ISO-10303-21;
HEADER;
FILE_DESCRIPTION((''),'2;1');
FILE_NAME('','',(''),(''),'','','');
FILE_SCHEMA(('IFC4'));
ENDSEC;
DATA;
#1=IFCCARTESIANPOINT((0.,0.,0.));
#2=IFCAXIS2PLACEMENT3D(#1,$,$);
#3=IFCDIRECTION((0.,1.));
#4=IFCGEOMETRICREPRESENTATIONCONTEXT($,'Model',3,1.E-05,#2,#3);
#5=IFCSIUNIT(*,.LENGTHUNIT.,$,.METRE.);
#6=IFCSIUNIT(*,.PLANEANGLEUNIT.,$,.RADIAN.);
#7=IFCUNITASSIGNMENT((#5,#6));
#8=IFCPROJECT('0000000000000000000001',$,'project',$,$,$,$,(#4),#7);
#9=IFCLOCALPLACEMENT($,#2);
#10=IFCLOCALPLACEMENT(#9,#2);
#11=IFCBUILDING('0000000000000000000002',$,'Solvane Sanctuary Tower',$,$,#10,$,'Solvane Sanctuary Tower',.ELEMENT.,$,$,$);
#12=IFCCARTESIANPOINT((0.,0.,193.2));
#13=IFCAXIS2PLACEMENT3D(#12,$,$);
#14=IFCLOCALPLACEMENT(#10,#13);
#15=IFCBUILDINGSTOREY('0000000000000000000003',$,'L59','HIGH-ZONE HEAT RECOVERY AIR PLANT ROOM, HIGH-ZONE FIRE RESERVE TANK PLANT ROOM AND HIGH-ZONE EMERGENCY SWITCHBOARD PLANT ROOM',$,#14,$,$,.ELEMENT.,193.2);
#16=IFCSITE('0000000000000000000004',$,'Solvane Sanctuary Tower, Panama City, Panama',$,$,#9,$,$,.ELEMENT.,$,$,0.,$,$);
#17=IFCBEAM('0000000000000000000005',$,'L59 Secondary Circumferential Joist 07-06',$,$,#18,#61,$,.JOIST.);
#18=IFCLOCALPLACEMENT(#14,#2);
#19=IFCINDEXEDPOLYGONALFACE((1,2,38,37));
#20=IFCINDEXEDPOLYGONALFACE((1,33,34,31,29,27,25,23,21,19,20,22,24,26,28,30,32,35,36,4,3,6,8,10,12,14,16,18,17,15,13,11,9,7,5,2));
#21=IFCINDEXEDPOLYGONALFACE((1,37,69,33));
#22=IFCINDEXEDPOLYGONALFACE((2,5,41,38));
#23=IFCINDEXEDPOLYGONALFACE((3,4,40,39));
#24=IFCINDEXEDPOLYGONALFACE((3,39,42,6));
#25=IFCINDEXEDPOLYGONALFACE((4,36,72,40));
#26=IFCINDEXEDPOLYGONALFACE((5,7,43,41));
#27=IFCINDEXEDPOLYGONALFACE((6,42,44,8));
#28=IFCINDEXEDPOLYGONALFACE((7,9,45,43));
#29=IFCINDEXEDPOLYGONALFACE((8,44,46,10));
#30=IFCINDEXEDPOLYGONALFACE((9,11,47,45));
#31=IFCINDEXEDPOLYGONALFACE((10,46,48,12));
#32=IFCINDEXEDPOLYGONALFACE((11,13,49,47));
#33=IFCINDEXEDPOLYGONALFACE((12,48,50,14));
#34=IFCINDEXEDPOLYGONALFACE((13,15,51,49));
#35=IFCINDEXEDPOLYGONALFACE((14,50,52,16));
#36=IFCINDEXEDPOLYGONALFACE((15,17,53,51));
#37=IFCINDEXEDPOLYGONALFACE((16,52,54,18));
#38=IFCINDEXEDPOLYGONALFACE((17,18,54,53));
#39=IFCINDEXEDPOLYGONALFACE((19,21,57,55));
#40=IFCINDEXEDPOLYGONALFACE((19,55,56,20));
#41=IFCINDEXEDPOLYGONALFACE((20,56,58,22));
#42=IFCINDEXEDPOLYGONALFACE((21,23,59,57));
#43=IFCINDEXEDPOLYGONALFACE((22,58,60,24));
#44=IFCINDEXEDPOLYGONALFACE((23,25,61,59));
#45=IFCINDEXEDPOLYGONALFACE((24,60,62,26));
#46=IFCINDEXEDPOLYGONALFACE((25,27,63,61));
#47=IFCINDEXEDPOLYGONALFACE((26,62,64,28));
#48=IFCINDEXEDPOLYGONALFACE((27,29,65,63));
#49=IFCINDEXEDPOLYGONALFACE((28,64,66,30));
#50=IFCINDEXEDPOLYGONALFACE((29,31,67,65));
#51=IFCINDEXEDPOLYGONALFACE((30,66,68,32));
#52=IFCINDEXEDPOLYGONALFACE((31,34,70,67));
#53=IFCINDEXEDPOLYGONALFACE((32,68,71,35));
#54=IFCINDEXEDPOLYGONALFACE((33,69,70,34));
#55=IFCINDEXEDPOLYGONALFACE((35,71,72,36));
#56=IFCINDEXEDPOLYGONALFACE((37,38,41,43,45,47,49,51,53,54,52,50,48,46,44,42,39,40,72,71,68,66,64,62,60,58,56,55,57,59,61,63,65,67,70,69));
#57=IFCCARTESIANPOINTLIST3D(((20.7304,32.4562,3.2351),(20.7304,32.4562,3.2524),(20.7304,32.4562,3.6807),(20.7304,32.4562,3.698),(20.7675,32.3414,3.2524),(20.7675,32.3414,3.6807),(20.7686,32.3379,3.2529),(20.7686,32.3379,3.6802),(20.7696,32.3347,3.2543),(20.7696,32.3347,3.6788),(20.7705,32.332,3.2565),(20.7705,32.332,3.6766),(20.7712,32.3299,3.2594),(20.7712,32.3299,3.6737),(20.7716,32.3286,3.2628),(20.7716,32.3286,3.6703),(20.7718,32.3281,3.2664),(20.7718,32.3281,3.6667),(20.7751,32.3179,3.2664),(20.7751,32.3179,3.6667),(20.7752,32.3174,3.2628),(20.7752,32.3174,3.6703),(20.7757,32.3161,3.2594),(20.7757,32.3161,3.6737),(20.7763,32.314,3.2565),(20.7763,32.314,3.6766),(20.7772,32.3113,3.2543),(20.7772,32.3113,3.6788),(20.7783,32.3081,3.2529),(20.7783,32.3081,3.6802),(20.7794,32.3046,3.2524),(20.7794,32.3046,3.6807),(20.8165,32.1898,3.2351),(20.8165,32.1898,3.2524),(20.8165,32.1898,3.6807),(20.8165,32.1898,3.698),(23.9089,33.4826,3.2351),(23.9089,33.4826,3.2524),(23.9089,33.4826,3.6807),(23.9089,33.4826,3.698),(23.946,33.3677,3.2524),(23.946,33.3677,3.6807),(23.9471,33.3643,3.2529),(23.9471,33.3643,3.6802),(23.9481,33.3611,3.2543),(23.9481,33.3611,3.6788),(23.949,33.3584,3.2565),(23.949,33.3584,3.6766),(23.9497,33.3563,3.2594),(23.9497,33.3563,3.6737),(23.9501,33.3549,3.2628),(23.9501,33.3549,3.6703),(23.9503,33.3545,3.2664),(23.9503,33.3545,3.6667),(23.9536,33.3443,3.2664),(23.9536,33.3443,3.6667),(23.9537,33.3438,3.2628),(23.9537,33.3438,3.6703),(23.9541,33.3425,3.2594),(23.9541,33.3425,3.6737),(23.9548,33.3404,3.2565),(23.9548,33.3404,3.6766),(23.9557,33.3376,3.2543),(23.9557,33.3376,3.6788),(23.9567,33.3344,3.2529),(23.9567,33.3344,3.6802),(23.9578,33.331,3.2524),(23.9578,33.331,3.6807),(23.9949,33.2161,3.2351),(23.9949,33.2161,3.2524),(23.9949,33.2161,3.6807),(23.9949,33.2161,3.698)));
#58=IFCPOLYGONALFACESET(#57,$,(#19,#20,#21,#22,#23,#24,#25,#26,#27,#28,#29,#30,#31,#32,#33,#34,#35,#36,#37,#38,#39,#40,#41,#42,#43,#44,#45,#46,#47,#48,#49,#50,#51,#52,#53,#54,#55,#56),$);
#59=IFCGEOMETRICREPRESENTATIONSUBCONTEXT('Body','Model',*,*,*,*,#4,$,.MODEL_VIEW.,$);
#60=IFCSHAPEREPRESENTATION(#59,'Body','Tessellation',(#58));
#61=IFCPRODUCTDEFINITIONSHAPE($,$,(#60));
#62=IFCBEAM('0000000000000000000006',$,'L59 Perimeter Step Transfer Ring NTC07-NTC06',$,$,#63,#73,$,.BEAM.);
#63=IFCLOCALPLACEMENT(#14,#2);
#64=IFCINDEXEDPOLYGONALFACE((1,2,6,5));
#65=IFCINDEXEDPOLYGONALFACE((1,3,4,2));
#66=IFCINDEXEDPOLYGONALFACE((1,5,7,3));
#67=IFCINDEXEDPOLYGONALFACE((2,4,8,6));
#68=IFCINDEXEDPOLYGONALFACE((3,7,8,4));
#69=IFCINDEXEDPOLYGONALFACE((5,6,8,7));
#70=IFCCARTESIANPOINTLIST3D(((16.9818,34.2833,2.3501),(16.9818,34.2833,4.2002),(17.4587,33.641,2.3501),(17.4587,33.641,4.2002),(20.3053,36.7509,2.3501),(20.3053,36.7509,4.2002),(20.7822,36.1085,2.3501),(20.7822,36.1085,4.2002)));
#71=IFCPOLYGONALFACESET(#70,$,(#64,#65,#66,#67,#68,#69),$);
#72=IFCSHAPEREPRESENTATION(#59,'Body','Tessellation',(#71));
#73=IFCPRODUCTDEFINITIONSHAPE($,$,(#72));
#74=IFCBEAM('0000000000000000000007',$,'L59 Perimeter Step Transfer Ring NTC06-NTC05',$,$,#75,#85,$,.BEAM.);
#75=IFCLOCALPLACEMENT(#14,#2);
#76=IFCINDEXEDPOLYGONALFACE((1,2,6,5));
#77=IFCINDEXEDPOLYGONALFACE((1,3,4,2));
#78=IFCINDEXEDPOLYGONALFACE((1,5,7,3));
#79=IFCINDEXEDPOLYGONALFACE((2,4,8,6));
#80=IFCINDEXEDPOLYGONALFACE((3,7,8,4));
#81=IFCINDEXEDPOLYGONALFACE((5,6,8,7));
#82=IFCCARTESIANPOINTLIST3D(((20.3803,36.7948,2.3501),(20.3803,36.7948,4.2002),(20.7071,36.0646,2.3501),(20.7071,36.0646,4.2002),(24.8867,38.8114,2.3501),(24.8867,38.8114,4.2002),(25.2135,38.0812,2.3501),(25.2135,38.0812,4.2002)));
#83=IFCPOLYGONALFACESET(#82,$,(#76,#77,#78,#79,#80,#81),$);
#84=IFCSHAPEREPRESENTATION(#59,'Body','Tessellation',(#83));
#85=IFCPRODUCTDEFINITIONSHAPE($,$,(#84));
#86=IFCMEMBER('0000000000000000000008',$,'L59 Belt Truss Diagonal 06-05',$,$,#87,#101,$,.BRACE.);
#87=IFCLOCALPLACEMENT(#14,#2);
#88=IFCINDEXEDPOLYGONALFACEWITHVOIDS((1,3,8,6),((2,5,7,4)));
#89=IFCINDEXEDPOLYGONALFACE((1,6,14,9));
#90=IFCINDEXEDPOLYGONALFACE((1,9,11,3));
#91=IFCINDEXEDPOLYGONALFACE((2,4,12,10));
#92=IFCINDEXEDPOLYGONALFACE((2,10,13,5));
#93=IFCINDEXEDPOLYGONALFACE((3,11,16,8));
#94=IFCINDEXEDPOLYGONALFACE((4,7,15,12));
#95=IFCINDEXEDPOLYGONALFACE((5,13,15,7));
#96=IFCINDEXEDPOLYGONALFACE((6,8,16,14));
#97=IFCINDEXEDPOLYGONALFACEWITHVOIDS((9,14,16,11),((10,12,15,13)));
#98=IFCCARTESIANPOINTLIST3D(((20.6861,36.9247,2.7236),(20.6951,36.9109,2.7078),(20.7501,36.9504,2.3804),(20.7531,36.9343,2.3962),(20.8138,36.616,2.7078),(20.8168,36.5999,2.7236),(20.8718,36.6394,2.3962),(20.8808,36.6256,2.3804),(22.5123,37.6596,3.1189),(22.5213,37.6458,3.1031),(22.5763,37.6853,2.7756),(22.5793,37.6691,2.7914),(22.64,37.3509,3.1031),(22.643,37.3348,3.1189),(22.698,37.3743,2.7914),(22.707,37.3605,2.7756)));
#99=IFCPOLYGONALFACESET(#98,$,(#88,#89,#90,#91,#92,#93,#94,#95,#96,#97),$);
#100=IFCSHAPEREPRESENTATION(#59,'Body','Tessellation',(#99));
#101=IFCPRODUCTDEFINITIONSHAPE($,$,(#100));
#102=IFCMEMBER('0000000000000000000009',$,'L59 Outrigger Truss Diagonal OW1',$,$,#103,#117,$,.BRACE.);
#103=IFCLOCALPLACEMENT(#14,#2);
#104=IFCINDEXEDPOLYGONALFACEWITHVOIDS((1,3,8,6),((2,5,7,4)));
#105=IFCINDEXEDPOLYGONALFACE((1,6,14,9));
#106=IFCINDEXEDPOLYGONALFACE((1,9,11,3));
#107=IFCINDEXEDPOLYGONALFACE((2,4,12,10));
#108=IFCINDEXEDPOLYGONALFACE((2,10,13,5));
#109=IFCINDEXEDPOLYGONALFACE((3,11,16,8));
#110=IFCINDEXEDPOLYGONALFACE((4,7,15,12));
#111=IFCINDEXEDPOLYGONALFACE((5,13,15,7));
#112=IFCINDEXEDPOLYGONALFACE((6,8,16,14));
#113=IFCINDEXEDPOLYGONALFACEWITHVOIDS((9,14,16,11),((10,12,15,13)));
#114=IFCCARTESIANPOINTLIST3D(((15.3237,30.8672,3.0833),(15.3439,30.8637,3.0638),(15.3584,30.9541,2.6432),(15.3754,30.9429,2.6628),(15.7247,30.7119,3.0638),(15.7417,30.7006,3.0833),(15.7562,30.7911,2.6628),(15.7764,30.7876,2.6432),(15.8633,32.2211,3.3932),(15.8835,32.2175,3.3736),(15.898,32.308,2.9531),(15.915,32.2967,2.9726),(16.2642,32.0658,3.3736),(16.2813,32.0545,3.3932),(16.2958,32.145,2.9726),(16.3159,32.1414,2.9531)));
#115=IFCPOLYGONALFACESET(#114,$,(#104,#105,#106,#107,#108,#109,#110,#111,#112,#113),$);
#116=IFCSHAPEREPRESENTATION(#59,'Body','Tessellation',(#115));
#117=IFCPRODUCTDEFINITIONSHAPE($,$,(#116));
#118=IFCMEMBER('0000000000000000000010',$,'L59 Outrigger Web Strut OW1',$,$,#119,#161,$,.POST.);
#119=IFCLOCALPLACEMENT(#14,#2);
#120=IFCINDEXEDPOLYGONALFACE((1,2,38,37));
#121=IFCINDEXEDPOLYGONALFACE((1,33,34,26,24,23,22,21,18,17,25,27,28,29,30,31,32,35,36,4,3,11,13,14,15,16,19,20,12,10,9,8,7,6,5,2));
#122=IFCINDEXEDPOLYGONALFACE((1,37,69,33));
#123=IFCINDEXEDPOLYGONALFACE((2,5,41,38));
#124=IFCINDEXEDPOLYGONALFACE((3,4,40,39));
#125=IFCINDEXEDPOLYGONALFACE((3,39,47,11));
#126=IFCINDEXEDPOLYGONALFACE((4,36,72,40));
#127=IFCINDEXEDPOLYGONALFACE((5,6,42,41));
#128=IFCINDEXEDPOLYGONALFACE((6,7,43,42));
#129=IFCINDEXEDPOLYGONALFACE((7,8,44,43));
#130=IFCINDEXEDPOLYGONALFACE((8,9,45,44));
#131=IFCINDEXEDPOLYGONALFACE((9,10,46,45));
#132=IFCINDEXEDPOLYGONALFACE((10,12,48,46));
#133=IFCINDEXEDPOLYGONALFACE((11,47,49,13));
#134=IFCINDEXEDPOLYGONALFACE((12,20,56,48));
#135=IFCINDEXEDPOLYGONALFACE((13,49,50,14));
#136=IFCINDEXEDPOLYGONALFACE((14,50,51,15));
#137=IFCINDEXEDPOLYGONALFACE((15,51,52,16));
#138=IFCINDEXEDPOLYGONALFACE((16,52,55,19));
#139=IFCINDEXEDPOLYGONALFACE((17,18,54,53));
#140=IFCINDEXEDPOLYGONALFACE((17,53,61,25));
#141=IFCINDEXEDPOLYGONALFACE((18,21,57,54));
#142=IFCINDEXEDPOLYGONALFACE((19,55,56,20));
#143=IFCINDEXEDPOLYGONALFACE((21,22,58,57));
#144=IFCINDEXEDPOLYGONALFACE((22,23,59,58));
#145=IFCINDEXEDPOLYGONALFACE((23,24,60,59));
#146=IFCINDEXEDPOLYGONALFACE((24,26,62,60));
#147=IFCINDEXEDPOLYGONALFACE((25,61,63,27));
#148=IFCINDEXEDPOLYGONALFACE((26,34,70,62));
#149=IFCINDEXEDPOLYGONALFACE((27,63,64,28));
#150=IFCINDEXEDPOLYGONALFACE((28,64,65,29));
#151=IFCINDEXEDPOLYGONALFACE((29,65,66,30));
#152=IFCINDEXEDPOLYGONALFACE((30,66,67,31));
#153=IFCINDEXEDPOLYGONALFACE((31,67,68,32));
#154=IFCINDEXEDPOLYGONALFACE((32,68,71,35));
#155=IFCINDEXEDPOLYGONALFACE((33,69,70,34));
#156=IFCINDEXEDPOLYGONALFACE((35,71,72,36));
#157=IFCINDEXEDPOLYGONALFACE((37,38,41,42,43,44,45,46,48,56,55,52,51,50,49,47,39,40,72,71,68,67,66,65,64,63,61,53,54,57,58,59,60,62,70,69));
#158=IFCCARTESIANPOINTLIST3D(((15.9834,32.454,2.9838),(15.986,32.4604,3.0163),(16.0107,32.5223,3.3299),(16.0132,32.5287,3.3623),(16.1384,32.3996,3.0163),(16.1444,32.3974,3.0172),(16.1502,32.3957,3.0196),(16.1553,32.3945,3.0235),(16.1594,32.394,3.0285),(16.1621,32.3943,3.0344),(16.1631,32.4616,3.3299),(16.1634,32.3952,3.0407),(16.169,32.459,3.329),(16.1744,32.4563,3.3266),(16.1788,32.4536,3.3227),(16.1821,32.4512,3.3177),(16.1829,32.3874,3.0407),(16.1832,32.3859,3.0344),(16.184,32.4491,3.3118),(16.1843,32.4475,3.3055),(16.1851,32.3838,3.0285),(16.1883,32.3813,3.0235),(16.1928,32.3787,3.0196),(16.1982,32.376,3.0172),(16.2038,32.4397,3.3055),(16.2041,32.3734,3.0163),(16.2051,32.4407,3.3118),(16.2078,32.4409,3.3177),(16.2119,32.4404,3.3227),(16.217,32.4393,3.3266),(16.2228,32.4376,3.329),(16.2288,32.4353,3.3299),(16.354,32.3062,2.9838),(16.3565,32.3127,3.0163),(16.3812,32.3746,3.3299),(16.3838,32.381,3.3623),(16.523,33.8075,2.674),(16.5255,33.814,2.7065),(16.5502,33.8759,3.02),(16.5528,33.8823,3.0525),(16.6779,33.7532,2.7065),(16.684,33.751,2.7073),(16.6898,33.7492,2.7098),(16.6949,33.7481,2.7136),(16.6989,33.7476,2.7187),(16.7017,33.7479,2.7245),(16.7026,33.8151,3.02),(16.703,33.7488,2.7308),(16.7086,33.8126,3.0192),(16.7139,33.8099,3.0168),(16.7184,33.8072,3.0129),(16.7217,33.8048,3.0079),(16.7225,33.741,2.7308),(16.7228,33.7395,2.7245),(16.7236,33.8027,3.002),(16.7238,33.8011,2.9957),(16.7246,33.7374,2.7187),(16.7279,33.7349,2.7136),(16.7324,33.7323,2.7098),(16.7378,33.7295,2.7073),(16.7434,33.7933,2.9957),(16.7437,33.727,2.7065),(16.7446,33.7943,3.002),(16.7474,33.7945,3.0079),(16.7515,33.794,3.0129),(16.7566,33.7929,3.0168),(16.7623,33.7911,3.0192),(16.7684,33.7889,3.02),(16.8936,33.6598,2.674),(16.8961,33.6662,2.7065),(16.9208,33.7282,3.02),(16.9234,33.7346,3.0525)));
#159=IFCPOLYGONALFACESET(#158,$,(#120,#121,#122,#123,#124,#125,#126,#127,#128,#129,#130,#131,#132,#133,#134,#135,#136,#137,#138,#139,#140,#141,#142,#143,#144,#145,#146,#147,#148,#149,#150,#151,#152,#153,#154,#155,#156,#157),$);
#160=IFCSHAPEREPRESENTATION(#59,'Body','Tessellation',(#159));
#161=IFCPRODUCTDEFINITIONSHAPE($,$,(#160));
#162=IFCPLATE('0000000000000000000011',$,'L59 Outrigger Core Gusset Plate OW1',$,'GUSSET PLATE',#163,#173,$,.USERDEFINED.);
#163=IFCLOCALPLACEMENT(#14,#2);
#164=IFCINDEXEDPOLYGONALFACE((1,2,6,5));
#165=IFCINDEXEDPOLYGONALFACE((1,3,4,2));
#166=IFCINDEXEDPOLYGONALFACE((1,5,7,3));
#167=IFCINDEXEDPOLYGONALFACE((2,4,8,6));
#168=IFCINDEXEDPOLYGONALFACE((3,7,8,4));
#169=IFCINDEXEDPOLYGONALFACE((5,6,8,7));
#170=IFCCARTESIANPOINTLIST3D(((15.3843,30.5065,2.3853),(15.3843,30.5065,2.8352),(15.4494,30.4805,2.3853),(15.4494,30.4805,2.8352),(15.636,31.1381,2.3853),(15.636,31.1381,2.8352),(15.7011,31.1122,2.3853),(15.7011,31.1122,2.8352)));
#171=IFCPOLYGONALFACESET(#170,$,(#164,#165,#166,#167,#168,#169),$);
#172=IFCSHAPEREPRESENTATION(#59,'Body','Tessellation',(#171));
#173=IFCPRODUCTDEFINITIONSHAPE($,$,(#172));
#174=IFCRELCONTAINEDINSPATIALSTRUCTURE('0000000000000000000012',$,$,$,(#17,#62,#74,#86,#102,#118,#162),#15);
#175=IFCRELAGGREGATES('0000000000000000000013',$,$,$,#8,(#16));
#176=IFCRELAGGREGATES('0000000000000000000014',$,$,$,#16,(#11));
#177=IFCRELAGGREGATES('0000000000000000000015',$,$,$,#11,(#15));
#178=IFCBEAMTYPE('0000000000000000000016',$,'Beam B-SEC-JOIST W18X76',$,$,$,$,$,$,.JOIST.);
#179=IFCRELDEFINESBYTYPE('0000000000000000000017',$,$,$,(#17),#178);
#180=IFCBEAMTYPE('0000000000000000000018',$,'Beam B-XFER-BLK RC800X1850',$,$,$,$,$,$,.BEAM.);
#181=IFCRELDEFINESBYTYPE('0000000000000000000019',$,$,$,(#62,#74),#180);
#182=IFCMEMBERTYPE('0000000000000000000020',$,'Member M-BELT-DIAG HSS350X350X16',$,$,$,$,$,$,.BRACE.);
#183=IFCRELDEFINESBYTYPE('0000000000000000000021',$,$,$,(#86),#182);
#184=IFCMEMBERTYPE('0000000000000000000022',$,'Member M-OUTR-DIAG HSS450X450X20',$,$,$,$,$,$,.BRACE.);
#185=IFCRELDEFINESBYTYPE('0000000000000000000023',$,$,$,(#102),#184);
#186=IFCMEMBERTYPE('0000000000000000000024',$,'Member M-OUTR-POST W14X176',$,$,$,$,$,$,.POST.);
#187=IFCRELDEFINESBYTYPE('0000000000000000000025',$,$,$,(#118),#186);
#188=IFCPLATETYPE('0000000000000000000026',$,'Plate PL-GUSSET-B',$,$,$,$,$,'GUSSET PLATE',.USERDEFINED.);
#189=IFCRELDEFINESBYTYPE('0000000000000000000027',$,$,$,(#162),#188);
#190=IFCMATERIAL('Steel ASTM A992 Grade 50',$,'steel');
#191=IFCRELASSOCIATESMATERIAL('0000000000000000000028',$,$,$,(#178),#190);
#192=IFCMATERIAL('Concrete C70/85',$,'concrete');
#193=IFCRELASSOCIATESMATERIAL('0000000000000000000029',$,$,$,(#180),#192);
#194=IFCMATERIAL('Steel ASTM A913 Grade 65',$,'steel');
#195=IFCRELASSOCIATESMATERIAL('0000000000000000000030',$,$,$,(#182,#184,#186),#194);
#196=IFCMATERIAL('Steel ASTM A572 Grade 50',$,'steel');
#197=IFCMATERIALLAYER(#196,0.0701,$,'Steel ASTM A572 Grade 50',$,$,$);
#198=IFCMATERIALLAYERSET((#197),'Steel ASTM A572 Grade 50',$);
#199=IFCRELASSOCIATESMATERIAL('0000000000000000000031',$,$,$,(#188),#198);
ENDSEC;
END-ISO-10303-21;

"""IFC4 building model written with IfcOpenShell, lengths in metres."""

from ifc_helpers import new_model, si_unit, direction, frame, origin, origin_2d, place, context, subcontext, project, spatial, rectangle, hollow_rectangle, i_section, extrude, material, layer, layer_set, material_profile, profile_set, type_object, element, save


model = new_model("IFC4")

# Units and contexts
model_context = context("Model", 3, precision=1e-05, world=origin(), true_north=direction((0.0, 1.0)))
body_context = subcontext(model_context, "Body", "Model", "MODEL_VIEW")
ifc_project = project(units=[si_unit("LENGTHUNIT", "METRE"), si_unit("PLANEANGLEUNIT", "RADIAN")], contexts=[model_context])

# Site, building, storey
site_placement = place(None, origin())
site = spatial("IfcSite", under=ifc_project, at=site_placement, Name="Solvane Sanctuary Tower, Panama City, Panama", CompositionType="ELEMENT", RefElevation=0.0)
building_placement = place(site_placement, origin())
building = spatial("IfcBuilding", under=site, at=building_placement, Name="Solvane Sanctuary Tower", LongName="Solvane Sanctuary Tower", CompositionType="ELEMENT")
storey_placement = place(building_placement, frame((0.0, 0.0, 193.2)))
storey = spatial("IfcBuildingStorey", under=building, at=storey_placement, Name="L59", Description="HIGH-ZONE HEAT RECOVERY AIR PLANT ROOM, HIGH-ZONE FIRE RESERVE TANK PLANT ROOM AND HIGH-ZONE EMERGENCY SWITCHBOARD PLANT ROOM", CompositionType="ELEMENT", Elevation=193.2)

# Beams
ifc_material_1 = material(Name="Steel ASTM A913 Grade 65", Category="steel")
ifc_material_2 = material(Name="Steel ASTM A992 Grade 50", Category="steel")
ifc_material_profile_1 = material_profile(ifc_material_2, i_section(OverallWidth=0.28, OverallDepth=0.4629, WebThickness=0.0107, FlangeThickness=0.0173, FilletRadius=0.0139, at=origin_2d()), Name="W18X76")
ifc_profile_set_1 = profile_set([ifc_material_profile_1], Name="Steel ASTM A992 Grade 50")
beam_type_1 = type_object("IfcBeamType", Name="Beam B-SEC-JOIST W18X76", PredefinedType="JOIST", material=ifc_profile_set_1)
beam_1_placement = place(storey_placement, frame((20.7734, 32.323, 3.4666), z_axis=(0.951616, 0.307289, 0.0), x_axis=(-0.307289, 0.951616, 0.0)))
element("IfcBeam", 1, at=beam_1_placement, inside=storey, type_object=beam_type_1, Name="L59 Secondary Circumferential Joist 07-06", PredefinedType="JOIST", context=body_context, shape_type="SweptSolid", body=[
    extrude(i_section(OverallWidth=0.28, OverallDepth=0.4629, WebThickness=0.0107, FlangeThickness=0.0173, FilletRadius=0.0139, at=origin_2d()), origin(), (0.0, 0.0, 1.0), 3.3401),
])
ifc_material_3 = material(Name="Concrete C70/85", Category="concrete")
ifc_material_profile_2 = material_profile(ifc_material_3, rectangle(XDim=0.8, YDim=1.8501, at=origin_2d()), Name="RC800X1850")
ifc_profile_set_2 = profile_set([ifc_material_profile_2], Name="Concrete C70/85")
beam_type_2 = type_object("IfcBeamType", Name="Beam B-XFER-BLK RC800X1850", PredefinedType="BEAM", material=ifc_profile_set_2)
beam_2_placement = place(storey_placement, frame((17.2202, 33.9622, 3.2751), z_axis=(0.8029, 0.596114, 0.0), x_axis=(-0.596114, 0.8029, 0.0)))
element("IfcBeam", 2, at=beam_2_placement, inside=storey, type_object=beam_type_2, Name="L59 Perimeter Step Transfer Ring NTC07-NTC06", PredefinedType="BEAM", context=body_context, shape_type="SweptSolid", body=[
    extrude(rectangle(XDim=0.8, YDim=1.8501, at=origin_2d()), origin(), (0.0, 0.0, 1.0), 4.1394),
])
beam_3_placement = place(storey_placement, frame((20.5437, 36.4297, 3.2751), z_axis=(0.912773, 0.408468, 0.0), x_axis=(-0.408468, 0.912773, 0.0)))
element("IfcBeam", 3, at=beam_3_placement, inside=storey, type_object=beam_type_2, Name="L59 Perimeter Step Transfer Ring NTC06-NTC05", PredefinedType="BEAM", context=body_context, shape_type="SweptSolid", body=[
    extrude(rectangle(XDim=0.8, YDim=1.8501, at=origin_2d()), origin(), (0.0, 0.0, 1.0), 4.937),
])

# Members
ifc_material_profile_3 = material_profile(ifc_material_1, hollow_rectangle(XDim=0.3501, YDim=0.3501, WallThickness=0.0161, at=origin_2d()), Name="HSS350X350X16")
ifc_profile_set_3 = profile_set([ifc_material_profile_3], Name="Steel ASTM A913 Grade 65")
member_type_1 = type_object("IfcMemberType", Name="Member M-BELT-DIAG HSS350X350X16", PredefinedType="BRACE", material=ifc_profile_set_3)
member_1_placement = place(storey_placement, frame((20.7834, 36.7751, 2.552), z_axis=(0.90955, 0.366009, 0.196867), x_axis=(-0.373314, 0.927705, 0.0)))
element("IfcMember", 4, at=member_1_placement, inside=storey, type_object=member_type_1, Name="L59 Belt Truss Diagonal 06-05", PredefinedType="BRACE", context=body_context, shape_type="SweptSolid", body=[
    extrude(hollow_rectangle(XDim=0.3501, YDim=0.3501, WallThickness=0.0161, at=origin_2d()), origin(), (0.0, 0.0, 1.0), 2.0078),
])
ifc_material_profile_4 = material_profile(ifc_material_1, hollow_rectangle(XDim=0.45, YDim=0.45, WallThickness=0.02, at=origin_2d()), Name="HSS450X450X20")
ifc_profile_set_4 = profile_set([ifc_material_profile_4], Name="Steel ASTM A913 Grade 65")
member_type_2 = type_object("IfcMemberType", Name="Member M-OUTR-DIAG HSS450X450X20", PredefinedType="BRACE", material=ifc_profile_set_4)
member_2_placement = place(storey_placement, frame((15.55, 30.8274, 2.8633), z_axis=(0.362142, 0.908632, 0.207945), x_axis=(-0.928938, 0.370235, 0.0)))
element("IfcMember", 5, at=member_2_placement, inside=storey, type_object=member_type_2, Name="L59 Outrigger Truss Diagonal OW1", PredefinedType="BRACE", context=body_context, shape_type="SweptSolid", body=[
    extrude(hollow_rectangle(XDim=0.45, YDim=0.45, WallThickness=0.02, at=origin_2d()), origin(), (0.0, 0.0, 1.0), 1.49),
])
ifc_material_profile_5 = material_profile(ifc_material_1, i_section(OverallWidth=0.3989, OverallDepth=0.387, WebThickness=0.021, FlangeThickness=0.0332, FilletRadius=0.0249, at=origin_2d()), Name="W14X176")
ifc_profile_set_5 = profile_set([ifc_material_profile_5], Name="Steel ASTM A913 Grade 65")
member_type_3 = type_object("IfcMemberType", Name="Member M-OUTR-POST W14X176", PredefinedType="POST", material=ifc_profile_set_5)
member_3_placement = place(storey_placement, frame((16.1836, 32.4175, 3.1731), z_axis=(0.362196, 0.908603, -0.207976), x_axis=(-0.928915, 0.370293, 0.0)))
element("IfcMember", 6, at=member_3_placement, inside=storey, type_object=member_type_3, Name="L59 Outrigger Web Strut OW1", PredefinedType="POST", context=body_context, shape_type="SweptSolid", body=[
    extrude(i_section(OverallWidth=0.3989, OverallDepth=0.387, WebThickness=0.021, FlangeThickness=0.0332, FilletRadius=0.0249, at=origin_2d()), origin(), (0.0, 0.0, 1.0), 1.4897),
])

# Plate
ifc_material_4 = material(Name="Steel ASTM A572 Grade 50", Category="steel")
ifc_layer_1 = layer(ifc_material_4, 0.0701, Name="Steel ASTM A572 Grade 50")
ifc_layer_set_1 = layer_set([ifc_layer_1], Name="Steel ASTM A572 Grade 50")
plate_type = type_object("IfcPlateType", Name="Plate PL-GUSSET-B", ElementType="GUSSET PLATE", PredefinedType="USERDEFINED", material=ifc_layer_set_1)
plate_placement = place(storey_placement, frame((15.5427, 30.8093, 2.3853), z_axis=(0.0, 0.0, 1.0), x_axis=(0.370233, 0.928939, 0.0)))
element("IfcPlate", 7, at=plate_placement, inside=storey, type_object=plate_type, Name="L59 Outrigger Core Gusset Plate OW1", ObjectType="GUSSET PLATE", PredefinedType="USERDEFINED", context=body_context, shape_type="SweptSolid", body=[
    extrude(rectangle(XDim=0.6799, YDim=0.0701, at=origin_2d()), origin(), (0.0, 0.0, 1.0), 0.45),
])

save(model, "model.ifc")
